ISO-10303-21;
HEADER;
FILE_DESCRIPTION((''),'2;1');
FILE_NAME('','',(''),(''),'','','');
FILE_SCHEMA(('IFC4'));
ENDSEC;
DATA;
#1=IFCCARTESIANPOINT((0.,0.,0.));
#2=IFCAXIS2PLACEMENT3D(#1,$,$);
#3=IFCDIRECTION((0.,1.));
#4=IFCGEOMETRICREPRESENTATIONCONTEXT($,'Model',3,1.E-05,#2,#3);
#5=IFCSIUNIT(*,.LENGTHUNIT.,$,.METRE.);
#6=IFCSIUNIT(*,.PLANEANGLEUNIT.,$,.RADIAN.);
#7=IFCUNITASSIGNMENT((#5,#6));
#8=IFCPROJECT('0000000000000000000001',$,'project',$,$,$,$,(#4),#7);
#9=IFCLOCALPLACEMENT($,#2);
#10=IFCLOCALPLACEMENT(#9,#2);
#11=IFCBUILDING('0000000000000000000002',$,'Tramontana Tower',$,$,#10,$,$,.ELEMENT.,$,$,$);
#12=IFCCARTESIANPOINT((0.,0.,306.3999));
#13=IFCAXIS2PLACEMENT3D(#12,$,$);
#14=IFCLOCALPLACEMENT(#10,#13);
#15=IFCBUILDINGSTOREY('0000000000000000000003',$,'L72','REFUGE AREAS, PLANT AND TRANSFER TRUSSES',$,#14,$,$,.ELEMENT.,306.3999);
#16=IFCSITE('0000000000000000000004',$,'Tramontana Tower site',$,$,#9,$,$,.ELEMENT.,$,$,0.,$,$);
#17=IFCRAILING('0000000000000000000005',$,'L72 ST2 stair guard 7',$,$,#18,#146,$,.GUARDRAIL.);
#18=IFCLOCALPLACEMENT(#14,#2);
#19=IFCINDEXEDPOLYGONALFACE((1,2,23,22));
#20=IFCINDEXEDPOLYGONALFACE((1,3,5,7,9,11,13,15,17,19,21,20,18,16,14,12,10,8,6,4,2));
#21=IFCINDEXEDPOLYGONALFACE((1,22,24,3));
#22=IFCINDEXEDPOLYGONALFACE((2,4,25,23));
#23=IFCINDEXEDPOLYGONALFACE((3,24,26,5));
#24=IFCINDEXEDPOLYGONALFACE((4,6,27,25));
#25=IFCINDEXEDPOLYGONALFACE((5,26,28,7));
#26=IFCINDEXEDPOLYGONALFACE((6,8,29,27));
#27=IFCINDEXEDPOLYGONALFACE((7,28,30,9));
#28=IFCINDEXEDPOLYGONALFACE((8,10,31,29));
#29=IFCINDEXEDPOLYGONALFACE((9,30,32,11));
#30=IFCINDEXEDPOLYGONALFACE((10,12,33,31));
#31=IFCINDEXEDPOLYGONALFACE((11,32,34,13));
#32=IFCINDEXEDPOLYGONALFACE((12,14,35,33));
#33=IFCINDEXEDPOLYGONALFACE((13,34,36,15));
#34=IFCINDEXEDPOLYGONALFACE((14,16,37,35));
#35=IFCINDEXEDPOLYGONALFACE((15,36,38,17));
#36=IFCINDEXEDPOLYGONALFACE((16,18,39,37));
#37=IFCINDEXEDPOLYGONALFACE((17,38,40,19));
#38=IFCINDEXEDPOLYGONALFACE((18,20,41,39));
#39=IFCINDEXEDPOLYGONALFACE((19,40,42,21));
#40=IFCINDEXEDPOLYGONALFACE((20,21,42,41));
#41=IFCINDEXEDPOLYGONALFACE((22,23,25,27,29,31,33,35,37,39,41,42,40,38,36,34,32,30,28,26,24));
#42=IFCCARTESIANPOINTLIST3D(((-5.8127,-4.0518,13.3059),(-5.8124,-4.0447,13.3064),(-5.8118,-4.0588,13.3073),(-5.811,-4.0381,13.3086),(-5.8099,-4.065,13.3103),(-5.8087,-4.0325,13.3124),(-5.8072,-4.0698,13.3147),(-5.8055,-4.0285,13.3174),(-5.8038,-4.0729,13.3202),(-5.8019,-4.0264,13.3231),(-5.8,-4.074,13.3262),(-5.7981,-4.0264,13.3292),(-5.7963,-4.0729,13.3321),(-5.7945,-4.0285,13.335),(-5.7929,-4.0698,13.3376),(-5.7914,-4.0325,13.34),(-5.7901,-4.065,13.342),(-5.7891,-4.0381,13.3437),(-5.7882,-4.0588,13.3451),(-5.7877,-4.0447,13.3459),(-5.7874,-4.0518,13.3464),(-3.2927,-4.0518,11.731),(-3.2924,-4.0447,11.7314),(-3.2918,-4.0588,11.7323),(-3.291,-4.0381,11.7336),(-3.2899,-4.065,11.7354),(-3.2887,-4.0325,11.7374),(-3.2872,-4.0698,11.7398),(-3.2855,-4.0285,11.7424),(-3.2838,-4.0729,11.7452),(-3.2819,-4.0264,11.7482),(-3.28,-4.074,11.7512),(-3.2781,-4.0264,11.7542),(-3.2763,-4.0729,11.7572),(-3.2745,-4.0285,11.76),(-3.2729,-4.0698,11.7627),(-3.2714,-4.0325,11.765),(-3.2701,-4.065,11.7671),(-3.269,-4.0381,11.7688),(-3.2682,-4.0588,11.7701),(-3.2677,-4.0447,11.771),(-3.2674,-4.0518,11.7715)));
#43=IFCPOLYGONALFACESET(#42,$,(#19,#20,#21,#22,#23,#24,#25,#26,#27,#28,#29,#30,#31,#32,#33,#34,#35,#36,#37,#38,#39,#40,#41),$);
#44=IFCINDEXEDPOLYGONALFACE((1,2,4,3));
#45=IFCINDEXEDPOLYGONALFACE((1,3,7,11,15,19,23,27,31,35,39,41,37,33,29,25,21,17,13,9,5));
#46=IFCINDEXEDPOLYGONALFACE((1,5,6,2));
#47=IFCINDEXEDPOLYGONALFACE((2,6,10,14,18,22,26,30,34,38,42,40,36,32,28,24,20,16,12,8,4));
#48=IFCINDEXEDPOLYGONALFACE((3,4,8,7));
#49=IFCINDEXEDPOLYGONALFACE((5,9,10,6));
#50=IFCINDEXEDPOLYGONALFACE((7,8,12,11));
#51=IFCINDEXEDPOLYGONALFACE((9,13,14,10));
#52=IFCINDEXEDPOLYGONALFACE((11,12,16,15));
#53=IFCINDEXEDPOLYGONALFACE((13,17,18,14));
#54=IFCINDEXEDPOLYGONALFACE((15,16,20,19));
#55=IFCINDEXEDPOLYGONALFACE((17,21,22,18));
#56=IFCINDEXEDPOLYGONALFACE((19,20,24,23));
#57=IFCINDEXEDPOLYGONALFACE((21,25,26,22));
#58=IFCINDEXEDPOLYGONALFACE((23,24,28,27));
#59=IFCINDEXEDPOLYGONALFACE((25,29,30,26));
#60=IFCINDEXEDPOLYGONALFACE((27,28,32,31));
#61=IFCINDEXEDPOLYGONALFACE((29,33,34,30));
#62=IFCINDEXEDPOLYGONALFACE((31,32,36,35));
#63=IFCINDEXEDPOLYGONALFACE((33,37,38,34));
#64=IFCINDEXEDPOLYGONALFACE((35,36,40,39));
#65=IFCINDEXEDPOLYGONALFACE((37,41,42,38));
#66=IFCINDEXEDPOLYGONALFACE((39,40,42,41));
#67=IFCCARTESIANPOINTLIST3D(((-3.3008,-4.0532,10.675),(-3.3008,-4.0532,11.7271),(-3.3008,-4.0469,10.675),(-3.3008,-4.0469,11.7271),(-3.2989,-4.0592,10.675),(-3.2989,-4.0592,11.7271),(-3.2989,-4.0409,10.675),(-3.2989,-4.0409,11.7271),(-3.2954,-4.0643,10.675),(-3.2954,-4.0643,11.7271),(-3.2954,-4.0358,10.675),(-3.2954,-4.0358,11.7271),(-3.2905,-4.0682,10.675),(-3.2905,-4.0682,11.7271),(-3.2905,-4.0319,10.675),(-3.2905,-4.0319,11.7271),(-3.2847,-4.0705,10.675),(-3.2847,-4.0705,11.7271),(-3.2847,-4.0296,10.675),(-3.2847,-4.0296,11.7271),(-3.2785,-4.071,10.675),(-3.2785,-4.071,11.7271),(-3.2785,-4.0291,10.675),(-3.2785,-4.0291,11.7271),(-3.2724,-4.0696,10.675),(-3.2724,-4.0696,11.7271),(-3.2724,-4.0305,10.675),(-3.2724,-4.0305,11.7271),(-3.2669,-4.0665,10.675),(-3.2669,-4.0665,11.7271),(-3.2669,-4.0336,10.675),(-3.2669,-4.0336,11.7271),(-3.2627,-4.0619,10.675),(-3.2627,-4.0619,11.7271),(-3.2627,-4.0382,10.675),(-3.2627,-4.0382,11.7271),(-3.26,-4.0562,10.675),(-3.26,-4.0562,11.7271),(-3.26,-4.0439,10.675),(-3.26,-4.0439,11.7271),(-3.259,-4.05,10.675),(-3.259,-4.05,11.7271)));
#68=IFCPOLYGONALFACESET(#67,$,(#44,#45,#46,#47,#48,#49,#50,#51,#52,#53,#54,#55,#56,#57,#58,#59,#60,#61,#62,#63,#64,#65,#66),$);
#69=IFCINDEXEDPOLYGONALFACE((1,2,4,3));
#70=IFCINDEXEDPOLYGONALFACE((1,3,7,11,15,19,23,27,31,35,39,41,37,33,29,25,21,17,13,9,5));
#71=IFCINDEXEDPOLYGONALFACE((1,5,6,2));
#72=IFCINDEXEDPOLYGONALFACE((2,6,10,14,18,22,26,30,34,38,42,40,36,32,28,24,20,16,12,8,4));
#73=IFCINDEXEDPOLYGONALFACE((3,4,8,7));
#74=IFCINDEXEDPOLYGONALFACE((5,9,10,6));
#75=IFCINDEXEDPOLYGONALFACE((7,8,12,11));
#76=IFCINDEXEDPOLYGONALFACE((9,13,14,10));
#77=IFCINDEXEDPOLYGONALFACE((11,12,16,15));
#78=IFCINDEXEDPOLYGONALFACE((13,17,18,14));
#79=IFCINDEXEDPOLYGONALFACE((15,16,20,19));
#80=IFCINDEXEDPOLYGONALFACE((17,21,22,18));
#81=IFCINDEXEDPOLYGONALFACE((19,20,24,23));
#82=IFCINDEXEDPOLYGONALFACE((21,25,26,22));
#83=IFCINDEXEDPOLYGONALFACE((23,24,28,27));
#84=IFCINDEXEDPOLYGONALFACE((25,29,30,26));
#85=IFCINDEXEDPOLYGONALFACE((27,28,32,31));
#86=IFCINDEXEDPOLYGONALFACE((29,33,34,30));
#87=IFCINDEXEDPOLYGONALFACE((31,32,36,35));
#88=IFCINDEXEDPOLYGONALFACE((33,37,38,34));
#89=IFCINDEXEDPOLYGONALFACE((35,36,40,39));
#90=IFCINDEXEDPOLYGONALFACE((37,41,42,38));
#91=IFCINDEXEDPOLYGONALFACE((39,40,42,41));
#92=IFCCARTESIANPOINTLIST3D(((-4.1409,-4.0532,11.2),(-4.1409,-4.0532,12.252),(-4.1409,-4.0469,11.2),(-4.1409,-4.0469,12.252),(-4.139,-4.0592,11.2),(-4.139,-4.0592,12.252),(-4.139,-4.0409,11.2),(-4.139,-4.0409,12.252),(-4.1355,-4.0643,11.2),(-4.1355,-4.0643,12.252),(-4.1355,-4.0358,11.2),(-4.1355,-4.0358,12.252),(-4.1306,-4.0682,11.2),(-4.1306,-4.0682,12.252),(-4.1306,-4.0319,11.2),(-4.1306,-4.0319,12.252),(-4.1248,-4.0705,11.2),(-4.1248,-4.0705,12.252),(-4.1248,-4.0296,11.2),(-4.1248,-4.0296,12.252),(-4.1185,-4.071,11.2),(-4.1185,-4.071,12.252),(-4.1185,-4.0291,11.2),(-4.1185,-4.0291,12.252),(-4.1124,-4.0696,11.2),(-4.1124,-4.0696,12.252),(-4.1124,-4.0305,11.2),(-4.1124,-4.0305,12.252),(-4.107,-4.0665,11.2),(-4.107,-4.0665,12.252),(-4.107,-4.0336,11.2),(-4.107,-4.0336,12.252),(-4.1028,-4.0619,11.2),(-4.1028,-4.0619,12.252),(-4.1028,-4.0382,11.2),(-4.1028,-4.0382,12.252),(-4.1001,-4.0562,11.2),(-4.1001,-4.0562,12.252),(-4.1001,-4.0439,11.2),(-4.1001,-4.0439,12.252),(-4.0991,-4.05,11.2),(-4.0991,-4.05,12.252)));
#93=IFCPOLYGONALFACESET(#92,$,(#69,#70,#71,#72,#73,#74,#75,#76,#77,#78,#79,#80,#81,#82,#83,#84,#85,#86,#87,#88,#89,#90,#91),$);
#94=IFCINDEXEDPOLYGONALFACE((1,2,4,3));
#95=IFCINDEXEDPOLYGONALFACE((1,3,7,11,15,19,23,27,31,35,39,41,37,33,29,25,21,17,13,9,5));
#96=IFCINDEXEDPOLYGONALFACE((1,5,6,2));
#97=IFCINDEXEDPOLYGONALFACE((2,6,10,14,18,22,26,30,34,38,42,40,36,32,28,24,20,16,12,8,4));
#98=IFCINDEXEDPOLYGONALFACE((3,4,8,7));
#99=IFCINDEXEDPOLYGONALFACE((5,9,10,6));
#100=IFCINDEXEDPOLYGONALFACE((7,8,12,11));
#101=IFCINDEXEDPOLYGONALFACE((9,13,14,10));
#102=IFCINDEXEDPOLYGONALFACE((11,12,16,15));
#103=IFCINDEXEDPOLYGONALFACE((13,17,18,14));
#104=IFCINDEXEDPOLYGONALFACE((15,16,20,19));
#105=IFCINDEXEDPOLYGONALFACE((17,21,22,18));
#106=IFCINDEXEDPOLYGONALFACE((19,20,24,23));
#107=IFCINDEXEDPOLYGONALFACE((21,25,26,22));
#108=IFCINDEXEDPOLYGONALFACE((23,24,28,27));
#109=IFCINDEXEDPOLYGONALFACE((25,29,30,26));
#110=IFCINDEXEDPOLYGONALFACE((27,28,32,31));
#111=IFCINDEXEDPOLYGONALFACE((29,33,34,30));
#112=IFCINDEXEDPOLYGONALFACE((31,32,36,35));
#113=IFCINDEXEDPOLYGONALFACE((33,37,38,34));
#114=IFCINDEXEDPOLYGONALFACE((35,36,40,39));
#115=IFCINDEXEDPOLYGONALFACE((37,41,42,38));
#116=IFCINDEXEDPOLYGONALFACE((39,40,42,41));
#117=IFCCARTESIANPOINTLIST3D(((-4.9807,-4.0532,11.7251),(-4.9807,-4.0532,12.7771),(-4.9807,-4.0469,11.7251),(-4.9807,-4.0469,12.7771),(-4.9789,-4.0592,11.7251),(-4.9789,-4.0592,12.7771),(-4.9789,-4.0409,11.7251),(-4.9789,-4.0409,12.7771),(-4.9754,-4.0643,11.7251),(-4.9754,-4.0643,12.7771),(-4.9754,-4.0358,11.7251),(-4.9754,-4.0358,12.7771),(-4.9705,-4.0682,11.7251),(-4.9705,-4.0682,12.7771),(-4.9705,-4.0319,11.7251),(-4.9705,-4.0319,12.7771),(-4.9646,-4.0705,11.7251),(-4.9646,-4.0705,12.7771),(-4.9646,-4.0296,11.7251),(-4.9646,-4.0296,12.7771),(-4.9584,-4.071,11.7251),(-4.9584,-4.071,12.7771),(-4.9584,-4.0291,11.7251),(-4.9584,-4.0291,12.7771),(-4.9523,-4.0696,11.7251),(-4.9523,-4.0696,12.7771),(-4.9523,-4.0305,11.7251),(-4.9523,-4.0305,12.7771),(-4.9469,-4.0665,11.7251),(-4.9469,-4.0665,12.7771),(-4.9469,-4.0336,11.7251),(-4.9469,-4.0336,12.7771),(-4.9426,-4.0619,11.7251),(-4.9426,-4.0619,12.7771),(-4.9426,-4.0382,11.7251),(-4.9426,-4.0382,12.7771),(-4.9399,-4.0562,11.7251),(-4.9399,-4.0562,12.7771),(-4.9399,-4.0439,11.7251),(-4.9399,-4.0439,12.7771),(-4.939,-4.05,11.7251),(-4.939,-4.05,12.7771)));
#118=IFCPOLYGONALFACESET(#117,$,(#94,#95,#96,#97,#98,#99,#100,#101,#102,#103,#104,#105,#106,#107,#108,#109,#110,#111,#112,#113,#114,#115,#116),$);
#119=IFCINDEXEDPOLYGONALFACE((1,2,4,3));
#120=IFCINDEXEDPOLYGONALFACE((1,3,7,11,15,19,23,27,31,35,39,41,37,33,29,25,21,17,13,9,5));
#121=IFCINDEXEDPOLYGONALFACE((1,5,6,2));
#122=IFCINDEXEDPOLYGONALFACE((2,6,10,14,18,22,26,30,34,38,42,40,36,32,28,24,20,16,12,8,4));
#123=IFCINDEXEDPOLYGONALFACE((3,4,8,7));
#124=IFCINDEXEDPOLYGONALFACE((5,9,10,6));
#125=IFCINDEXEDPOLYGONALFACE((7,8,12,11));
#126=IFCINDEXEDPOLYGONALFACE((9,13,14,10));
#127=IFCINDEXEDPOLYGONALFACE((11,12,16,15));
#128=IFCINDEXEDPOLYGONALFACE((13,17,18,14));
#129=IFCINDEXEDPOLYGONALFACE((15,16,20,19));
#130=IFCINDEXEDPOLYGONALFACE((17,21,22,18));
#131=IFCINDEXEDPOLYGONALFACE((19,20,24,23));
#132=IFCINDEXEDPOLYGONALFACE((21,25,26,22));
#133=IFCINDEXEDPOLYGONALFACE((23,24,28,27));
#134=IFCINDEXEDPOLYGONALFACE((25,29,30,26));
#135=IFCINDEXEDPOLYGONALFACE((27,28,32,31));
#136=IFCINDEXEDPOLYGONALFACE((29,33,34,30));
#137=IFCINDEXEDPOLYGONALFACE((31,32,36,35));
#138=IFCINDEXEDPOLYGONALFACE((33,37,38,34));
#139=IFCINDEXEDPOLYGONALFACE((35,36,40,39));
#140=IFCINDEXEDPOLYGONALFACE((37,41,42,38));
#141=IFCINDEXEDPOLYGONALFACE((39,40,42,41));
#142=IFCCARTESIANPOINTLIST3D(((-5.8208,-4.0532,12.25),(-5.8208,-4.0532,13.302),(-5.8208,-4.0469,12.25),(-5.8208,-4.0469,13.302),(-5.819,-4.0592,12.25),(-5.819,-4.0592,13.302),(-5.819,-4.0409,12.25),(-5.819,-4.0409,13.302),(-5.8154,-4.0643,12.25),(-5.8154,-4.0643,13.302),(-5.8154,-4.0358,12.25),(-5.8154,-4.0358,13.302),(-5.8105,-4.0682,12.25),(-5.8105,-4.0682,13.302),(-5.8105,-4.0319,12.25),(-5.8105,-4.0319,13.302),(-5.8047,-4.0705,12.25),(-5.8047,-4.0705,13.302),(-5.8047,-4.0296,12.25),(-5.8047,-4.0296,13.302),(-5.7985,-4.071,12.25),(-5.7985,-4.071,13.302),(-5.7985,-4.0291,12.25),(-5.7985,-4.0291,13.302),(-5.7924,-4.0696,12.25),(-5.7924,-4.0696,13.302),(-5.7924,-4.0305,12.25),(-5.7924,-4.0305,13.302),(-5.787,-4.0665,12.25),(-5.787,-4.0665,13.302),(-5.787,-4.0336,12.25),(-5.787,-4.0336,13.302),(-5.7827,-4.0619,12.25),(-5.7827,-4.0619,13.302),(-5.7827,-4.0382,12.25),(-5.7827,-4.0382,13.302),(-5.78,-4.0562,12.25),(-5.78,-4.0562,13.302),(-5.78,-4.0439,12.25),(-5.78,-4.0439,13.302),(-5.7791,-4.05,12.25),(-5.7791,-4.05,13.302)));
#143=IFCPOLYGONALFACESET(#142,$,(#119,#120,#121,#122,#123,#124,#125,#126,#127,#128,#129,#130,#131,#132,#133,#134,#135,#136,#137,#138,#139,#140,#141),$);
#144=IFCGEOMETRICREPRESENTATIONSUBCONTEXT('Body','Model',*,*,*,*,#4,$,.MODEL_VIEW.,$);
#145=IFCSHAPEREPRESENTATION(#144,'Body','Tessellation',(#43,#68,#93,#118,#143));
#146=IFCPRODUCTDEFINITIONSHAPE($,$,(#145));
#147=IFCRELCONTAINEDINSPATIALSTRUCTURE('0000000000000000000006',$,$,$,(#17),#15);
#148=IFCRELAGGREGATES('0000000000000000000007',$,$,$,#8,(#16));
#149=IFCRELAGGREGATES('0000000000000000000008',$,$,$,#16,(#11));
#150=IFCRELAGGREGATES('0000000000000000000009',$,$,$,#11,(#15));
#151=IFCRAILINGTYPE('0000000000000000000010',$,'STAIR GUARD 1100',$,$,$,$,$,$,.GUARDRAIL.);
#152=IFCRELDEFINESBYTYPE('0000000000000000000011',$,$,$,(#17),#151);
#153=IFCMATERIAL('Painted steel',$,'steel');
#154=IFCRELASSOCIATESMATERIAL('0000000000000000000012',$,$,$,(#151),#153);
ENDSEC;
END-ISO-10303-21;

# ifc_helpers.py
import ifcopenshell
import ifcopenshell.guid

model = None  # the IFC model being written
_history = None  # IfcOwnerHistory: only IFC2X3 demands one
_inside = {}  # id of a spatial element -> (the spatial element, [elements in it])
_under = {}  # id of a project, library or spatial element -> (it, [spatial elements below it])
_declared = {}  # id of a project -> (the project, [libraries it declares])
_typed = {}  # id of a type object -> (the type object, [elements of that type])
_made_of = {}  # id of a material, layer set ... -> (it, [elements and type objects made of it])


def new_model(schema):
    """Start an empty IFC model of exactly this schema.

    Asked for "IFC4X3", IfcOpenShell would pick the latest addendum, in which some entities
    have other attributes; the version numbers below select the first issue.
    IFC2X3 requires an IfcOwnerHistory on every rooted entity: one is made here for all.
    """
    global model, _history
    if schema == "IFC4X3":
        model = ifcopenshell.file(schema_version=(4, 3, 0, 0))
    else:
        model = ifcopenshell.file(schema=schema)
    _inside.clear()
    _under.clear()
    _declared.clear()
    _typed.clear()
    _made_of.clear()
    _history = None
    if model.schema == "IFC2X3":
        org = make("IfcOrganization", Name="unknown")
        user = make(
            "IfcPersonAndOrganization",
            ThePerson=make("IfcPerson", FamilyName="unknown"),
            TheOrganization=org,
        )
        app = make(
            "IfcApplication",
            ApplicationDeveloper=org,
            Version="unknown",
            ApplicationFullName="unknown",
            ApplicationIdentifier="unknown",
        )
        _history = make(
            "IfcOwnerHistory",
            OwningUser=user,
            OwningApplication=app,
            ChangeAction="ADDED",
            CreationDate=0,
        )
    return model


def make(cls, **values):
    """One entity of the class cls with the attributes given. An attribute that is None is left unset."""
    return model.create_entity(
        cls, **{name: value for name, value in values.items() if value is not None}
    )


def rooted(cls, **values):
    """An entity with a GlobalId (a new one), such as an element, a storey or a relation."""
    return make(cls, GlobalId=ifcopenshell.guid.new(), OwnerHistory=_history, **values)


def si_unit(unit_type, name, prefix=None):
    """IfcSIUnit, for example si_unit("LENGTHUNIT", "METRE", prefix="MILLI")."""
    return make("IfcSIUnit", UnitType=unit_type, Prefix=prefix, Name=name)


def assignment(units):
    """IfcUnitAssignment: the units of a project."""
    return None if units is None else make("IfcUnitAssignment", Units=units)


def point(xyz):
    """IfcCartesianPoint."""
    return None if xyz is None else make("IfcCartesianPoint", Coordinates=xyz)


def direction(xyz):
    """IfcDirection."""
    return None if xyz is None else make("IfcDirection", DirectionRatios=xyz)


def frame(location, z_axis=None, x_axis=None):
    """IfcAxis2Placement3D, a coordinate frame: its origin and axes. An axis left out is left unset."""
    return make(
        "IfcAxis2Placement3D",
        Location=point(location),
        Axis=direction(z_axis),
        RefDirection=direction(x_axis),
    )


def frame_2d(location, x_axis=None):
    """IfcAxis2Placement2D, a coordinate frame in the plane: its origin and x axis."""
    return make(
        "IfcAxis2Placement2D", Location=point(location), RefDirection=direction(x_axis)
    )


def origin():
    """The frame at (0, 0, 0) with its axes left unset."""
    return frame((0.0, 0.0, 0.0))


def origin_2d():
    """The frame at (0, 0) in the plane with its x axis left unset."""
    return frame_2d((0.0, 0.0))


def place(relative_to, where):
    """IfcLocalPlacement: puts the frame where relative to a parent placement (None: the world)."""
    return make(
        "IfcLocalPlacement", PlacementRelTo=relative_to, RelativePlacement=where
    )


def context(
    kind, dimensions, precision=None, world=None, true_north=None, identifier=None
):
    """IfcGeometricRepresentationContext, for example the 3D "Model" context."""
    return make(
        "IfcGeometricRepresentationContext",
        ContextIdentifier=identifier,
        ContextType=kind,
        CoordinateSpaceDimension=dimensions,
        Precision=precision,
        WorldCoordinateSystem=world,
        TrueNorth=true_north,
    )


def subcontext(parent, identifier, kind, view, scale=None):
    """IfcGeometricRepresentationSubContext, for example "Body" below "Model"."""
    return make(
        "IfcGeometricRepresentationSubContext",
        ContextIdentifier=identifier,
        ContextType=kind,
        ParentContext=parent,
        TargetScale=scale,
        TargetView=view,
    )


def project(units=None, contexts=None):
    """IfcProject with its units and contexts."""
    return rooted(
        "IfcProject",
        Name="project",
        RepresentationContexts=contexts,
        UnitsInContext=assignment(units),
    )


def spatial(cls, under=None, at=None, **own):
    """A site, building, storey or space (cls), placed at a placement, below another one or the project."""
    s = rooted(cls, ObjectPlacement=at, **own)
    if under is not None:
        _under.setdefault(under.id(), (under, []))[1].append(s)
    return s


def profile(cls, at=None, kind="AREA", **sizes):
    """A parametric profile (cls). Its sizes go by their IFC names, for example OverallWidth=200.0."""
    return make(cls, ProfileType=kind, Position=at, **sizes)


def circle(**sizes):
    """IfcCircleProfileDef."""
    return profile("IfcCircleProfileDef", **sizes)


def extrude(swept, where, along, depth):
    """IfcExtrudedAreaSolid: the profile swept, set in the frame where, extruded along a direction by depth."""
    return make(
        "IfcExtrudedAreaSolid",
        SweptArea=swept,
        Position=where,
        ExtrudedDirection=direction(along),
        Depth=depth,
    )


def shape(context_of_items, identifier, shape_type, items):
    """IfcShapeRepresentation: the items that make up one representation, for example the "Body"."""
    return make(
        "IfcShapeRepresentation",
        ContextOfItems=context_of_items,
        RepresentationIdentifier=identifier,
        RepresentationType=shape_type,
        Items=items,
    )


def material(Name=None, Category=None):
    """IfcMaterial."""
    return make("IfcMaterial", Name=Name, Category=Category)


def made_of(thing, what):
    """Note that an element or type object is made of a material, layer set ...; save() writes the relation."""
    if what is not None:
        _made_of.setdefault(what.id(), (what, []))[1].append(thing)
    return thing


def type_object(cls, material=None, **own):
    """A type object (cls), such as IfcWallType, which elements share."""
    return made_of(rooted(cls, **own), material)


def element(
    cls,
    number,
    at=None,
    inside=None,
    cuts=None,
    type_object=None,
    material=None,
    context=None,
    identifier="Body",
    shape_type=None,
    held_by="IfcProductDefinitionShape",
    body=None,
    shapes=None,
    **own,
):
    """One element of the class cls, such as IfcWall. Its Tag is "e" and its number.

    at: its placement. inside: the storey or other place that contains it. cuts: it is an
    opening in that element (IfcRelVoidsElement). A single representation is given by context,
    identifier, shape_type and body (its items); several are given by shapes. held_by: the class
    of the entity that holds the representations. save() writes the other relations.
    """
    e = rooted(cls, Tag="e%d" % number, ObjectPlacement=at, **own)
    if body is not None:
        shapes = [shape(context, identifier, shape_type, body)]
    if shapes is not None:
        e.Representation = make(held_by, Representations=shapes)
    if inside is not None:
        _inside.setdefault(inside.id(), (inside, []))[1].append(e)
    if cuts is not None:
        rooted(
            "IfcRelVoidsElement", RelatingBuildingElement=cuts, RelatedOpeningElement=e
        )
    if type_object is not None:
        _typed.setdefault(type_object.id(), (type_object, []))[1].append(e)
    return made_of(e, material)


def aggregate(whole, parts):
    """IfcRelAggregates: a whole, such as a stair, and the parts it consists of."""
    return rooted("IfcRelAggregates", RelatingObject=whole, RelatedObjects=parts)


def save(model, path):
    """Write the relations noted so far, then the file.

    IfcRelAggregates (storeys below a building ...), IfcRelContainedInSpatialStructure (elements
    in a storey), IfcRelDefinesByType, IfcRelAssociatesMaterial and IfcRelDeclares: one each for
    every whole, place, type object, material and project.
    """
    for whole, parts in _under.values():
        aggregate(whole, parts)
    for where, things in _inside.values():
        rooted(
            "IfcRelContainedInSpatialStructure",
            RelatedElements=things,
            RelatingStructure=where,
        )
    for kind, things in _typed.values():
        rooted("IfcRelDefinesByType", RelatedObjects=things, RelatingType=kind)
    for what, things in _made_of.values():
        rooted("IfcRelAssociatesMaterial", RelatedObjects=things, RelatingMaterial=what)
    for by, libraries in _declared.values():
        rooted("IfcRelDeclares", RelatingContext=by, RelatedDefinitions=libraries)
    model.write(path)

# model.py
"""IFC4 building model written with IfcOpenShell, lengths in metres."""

from ifc_helpers import new_model, si_unit, direction, frame, origin, origin_2d, place, context, subcontext, project, spatial, circle, extrude, material, type_object, element, save


model = new_model("IFC4")

# Units and contexts
model_context = context("Model", 3, precision=1e-05, world=origin(), true_north=direction((0.0, 1.0)))
body_context = subcontext(model_context, "Body", "Model", "MODEL_VIEW")
ifc_project = project(units=[si_unit("LENGTHUNIT", "METRE"), si_unit("PLANEANGLEUNIT", "RADIAN")], contexts=[model_context])

# Site, building, storey
site_placement = place(None, origin())
site = spatial("IfcSite", under=ifc_project, at=site_placement, Name="Tramontana Tower site", CompositionType="ELEMENT", RefElevation=0.0)
building_placement = place(site_placement, origin())
building = spatial("IfcBuilding", under=site, at=building_placement, Name="Tramontana Tower", CompositionType="ELEMENT")
storey_placement = place(building_placement, frame((0.0, 0.0, 306.3999)))
storey = spatial("IfcBuildingStorey", under=building, at=storey_placement, Name="L72", Description="REFUGE AREAS, PLANT AND TRANSFER TRUSSES", CompositionType="ELEMENT", Elevation=306.3999)

# Railing
ifc_material_1 = material(Name="Painted steel", Category="steel")
railing_type = type_object("IfcRailingType", Name="STAIR GUARD 1100", PredefinedType="GUARDRAIL", material=ifc_material_1)
for number, where, name in (
    (1, (-3.28, -4.05, 10.675), "L72 ST2 stair guard 7"),
):
    element("IfcRailing", number, at=place(storey_placement, frame(where)), inside=storey, type_object=railing_type, Name=name, PredefinedType="GUARDRAIL", context=body_context, shape_type="SweptSolid", body=[
        extrude(circle(Radius=0.0239, at=origin_2d()), frame((0.0, 0.0, 1.0762), z_axis=(-0.848008, 0.0, 0.529984), x_axis=(0.0, -1.0, 0.0)), (0.0, 0.0, 1.0), 2.9717),
        extrude(circle(Radius=0.021, at=origin_2d()), origin(), (0.0, 0.0, 1.0), 1.052),
        extrude(circle(Radius=0.021, at=origin_2d()), frame((-0.8401, 0.0, 0.5249)), (0.0, 0.0, 1.0), 1.052),
        extrude(circle(Radius=0.021, at=origin_2d()), frame((-1.6799, 0.0, 1.05)), (0.0, 0.0, 1.0), 1.052),
        extrude(circle(Radius=0.021, at=origin_2d()), frame((-2.52, 0.0, 1.575)), (0.0, 0.0, 1.0), 1.052),
    ])

save(model, "model.ifc")
